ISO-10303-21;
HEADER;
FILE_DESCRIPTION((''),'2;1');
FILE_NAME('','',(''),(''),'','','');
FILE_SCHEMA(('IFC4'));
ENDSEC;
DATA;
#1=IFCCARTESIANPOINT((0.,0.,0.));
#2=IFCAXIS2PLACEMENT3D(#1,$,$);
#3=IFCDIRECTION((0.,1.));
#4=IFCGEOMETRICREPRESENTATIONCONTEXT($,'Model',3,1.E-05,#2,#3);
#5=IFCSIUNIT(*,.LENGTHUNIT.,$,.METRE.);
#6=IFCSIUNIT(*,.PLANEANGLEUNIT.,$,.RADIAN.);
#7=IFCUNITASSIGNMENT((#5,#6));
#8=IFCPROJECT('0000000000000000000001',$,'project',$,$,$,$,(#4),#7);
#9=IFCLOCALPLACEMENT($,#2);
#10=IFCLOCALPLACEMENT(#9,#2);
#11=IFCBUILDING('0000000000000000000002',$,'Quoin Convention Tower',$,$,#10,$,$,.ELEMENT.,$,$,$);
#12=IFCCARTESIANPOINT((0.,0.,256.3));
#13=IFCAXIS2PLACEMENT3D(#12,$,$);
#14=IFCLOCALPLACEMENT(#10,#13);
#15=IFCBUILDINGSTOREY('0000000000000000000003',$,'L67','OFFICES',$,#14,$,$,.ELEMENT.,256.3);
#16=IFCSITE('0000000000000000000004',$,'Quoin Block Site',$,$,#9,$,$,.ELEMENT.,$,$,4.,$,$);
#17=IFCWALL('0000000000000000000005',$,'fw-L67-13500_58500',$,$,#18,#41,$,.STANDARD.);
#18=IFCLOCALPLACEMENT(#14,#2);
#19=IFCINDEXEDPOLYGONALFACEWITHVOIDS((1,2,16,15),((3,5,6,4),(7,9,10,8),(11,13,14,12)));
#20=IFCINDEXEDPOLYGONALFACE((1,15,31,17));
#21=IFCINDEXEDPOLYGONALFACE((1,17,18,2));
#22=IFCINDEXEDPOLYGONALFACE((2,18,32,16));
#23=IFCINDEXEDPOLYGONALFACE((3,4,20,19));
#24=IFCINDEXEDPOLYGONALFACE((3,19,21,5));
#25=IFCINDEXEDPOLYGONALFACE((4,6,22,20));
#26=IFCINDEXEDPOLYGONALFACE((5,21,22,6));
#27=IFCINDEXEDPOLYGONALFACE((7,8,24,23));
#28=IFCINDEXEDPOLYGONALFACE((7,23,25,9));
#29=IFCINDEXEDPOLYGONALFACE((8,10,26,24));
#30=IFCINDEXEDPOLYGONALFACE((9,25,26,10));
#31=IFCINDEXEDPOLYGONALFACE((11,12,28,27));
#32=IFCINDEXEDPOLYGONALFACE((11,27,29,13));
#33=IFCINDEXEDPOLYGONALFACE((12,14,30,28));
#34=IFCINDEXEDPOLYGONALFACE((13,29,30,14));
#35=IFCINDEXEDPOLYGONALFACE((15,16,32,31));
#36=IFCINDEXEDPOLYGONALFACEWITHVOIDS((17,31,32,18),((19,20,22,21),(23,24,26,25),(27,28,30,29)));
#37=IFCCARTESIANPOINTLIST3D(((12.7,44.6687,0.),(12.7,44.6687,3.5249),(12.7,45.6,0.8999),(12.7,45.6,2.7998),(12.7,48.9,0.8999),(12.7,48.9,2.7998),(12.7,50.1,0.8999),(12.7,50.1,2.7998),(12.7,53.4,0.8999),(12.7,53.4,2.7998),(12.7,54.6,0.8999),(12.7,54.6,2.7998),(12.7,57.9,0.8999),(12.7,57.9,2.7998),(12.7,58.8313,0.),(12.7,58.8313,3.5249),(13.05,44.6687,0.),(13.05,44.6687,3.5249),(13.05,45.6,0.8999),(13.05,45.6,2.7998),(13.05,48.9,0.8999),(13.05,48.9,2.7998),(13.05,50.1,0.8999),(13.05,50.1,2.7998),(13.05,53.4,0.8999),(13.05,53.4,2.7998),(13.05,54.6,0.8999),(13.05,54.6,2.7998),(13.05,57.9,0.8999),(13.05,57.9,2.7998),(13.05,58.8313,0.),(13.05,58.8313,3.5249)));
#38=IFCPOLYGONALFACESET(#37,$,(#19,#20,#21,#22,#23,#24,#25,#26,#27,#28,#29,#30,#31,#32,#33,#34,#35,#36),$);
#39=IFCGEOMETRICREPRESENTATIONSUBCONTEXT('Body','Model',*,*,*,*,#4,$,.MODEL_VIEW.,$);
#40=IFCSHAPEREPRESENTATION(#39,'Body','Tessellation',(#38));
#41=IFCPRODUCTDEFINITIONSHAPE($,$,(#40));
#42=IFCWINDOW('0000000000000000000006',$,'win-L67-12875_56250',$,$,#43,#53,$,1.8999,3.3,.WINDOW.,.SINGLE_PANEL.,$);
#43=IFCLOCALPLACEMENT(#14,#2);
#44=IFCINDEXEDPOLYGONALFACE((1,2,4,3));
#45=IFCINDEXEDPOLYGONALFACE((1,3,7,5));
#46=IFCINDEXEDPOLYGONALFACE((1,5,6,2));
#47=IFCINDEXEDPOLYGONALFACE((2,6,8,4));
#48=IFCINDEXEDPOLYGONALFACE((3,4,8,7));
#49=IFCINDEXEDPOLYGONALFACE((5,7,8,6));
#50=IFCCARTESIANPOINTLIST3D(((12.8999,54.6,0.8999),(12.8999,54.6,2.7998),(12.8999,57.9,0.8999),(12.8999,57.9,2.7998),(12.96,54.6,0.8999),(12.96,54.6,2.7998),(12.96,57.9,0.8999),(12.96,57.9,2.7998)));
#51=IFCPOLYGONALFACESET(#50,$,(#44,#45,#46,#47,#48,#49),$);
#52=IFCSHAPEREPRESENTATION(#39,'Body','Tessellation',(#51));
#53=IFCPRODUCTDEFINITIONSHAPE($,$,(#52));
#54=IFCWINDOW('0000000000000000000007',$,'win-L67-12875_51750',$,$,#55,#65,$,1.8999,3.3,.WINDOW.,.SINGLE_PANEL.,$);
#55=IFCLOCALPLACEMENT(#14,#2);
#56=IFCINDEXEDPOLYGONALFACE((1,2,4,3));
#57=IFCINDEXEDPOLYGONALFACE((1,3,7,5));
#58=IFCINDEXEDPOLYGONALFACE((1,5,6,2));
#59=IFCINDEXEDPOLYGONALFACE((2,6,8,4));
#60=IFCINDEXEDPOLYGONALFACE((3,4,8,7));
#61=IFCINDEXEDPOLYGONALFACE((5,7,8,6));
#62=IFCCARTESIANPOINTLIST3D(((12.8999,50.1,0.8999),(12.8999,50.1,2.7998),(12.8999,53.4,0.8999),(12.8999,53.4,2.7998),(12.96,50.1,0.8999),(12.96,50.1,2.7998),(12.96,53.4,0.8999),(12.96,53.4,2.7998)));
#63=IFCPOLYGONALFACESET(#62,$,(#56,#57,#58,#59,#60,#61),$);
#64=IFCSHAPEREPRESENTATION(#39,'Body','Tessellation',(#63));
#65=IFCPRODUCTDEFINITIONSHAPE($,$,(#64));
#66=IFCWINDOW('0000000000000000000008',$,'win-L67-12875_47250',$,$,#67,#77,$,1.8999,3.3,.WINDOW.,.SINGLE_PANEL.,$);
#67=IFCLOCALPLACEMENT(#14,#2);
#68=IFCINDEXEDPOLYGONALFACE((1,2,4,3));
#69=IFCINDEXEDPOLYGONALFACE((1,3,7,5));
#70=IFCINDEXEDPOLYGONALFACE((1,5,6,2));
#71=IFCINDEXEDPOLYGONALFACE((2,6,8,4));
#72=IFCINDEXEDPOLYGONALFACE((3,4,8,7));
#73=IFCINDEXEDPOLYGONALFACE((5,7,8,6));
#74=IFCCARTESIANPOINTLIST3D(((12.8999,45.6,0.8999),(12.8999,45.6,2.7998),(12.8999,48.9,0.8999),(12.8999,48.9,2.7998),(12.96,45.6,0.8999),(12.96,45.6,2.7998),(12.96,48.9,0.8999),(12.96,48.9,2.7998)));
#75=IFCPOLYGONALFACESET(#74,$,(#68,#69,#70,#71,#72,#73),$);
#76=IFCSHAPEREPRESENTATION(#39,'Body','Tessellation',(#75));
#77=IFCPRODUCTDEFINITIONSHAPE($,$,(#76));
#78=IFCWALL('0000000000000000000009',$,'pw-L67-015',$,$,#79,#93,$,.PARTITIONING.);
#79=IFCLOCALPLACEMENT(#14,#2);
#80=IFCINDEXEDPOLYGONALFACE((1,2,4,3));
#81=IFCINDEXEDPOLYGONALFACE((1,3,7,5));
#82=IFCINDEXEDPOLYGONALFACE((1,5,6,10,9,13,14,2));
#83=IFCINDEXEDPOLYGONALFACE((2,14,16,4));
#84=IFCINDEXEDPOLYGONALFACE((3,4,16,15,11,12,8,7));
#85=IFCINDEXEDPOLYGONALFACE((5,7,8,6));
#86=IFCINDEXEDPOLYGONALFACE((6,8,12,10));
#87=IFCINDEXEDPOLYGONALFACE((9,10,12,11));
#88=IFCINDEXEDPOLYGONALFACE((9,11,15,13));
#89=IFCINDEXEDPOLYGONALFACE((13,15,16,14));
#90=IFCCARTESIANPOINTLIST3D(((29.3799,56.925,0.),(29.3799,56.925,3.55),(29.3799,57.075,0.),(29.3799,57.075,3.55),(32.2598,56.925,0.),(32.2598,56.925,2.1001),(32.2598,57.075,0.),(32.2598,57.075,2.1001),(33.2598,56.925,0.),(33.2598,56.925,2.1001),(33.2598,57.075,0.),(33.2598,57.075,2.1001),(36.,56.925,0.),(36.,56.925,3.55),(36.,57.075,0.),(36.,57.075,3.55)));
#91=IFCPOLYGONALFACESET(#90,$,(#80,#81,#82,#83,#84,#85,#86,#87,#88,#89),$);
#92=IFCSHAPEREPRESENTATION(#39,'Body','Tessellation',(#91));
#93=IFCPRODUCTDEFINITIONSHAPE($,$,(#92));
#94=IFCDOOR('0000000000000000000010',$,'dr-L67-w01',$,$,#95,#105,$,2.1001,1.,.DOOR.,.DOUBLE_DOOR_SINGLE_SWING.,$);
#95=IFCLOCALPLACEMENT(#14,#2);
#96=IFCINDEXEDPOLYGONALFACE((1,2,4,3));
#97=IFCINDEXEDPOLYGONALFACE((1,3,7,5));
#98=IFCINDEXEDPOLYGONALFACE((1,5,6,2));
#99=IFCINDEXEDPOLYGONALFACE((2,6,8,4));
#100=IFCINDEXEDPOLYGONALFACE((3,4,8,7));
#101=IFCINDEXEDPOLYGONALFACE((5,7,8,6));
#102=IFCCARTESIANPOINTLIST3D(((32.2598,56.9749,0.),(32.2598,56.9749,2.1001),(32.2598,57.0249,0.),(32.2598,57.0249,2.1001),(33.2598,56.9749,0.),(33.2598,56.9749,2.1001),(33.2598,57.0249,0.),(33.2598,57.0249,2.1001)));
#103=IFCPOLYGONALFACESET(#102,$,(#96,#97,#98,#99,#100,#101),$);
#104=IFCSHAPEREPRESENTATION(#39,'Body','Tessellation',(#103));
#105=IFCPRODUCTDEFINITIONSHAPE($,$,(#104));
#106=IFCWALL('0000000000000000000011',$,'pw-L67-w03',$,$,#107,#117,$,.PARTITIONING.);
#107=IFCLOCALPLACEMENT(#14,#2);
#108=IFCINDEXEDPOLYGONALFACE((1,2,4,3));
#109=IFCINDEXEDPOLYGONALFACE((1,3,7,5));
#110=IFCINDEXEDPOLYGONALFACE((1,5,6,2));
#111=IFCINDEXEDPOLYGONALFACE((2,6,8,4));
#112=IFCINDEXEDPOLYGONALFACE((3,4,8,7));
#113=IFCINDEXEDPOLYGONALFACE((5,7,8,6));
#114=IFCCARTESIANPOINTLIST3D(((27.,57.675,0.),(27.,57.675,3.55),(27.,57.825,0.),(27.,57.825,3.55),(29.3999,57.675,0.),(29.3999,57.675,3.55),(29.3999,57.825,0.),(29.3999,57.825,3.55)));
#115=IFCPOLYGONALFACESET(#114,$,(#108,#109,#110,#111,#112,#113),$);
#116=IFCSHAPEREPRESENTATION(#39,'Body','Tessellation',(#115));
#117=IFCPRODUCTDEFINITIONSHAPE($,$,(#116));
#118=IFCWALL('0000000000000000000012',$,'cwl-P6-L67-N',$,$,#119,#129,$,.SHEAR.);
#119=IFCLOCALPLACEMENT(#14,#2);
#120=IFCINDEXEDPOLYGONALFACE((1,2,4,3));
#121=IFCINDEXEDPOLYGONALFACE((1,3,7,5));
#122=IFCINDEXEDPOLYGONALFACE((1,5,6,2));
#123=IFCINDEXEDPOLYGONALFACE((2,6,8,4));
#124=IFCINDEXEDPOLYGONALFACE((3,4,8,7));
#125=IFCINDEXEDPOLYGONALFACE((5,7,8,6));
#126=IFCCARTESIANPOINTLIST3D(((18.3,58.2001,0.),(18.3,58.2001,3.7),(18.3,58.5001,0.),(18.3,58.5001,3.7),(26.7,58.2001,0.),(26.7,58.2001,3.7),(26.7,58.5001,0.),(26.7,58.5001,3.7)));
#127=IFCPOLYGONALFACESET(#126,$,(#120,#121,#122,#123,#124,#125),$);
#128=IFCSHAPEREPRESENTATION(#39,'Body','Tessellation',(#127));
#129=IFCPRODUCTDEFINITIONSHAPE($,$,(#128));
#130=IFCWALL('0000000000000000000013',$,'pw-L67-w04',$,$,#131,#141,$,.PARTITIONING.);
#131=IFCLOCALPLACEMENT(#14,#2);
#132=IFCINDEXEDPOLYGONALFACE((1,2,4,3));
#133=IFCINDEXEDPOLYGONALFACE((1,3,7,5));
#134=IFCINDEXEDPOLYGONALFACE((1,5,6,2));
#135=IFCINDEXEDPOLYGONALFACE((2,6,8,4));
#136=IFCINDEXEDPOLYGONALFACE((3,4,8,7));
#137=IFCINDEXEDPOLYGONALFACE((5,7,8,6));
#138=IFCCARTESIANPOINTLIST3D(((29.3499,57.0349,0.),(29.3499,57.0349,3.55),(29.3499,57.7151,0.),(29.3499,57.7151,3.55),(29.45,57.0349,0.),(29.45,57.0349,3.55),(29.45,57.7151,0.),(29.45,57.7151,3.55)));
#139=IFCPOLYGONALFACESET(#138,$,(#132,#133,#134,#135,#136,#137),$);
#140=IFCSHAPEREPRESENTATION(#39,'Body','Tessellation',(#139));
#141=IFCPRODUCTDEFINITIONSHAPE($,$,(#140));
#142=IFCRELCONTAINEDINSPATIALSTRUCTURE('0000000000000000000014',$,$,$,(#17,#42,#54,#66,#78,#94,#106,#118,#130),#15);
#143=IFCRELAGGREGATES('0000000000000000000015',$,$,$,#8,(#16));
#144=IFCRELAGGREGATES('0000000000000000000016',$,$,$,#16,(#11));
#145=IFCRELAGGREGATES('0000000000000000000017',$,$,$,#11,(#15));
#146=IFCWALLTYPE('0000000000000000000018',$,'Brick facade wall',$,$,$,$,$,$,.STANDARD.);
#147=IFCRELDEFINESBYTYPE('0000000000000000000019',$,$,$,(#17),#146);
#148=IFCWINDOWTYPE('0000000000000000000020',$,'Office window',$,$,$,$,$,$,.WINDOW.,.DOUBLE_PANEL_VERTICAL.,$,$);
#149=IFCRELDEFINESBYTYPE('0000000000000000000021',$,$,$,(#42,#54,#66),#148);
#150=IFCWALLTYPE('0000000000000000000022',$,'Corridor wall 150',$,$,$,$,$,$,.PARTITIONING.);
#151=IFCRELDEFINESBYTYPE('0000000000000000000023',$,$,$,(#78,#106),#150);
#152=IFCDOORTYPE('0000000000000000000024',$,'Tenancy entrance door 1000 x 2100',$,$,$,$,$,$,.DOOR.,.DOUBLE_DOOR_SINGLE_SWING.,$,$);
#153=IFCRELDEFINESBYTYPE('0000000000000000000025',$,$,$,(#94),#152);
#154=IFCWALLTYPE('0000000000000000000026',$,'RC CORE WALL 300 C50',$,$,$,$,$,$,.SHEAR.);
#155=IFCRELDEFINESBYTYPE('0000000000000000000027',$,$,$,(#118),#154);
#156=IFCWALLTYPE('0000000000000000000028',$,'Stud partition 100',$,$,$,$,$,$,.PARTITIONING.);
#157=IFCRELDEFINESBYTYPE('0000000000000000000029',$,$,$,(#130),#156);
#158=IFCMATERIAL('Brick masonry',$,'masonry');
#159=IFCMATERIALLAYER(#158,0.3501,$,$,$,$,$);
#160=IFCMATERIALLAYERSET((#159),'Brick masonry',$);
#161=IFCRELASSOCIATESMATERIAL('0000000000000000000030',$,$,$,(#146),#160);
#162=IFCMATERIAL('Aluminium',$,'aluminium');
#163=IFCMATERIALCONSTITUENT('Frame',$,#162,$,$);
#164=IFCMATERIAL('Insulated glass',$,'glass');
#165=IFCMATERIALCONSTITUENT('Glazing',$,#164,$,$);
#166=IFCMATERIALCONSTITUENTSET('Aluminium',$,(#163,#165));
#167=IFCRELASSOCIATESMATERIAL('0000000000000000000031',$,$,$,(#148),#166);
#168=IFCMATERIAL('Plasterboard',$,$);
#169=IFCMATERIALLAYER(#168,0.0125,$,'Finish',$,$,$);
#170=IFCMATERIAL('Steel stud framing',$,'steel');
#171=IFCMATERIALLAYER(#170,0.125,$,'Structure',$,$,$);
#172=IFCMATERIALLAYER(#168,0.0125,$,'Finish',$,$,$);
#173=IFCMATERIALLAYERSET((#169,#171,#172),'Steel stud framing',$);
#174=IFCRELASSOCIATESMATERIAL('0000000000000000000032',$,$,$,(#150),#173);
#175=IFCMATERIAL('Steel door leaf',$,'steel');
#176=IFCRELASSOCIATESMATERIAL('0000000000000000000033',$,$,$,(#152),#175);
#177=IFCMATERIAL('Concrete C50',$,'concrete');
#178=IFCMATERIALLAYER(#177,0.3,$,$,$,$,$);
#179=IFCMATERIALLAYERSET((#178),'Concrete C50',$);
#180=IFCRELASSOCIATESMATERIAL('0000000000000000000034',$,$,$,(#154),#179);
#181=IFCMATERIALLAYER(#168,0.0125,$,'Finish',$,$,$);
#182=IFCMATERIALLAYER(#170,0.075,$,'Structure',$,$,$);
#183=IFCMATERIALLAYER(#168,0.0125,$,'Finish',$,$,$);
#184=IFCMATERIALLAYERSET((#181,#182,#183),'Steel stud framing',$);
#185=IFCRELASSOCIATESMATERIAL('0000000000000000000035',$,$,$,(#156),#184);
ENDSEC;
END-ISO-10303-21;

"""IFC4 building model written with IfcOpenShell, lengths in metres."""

from ifc_helpers import new_model, si_unit, direction, frame, frame_2d, origin, place, context, subcontext, project, spatial, rectangle, extrude, material, layer, layer_set, constituent, constituent_set, type_object, element, fill, save


model = new_model("IFC4")

# Units and contexts
model_context = context("Model", 3, precision=1e-05, world=origin(), true_north=direction((0.0, 1.0)))
body_context = subcontext(model_context, "Body", "Model", "MODEL_VIEW")
ifc_project = project(units=[si_unit("LENGTHUNIT", "METRE"), si_unit("PLANEANGLEUNIT", "RADIAN")], contexts=[model_context])

# Site, building, storey
site_placement = place(None, origin())
site = spatial("IfcSite", under=ifc_project, at=site_placement, Name="Quoin Block Site", CompositionType="ELEMENT", RefElevation=4.0)
building_placement = place(site_placement, origin())
building = spatial("IfcBuilding", under=site, at=building_placement, Name="Quoin Convention Tower", CompositionType="ELEMENT")
storey_placement = place(building_placement, frame((0.0, 0.0, 256.3)))
storey = spatial("IfcBuildingStorey", under=building, at=storey_placement, Name="L67", Description="OFFICES", CompositionType="ELEMENT", Elevation=256.3)

# Shared definitions
ifc_material_1 = material(Name="Concrete C50", Category="concrete")

# Shared definitions
ifc_material_2 = material(Name="Brick masonry", Category="masonry")
ifc_layer_1 = layer(ifc_material_2, 0.3501)
ifc_layer_set_1 = layer_set([ifc_layer_1], Name="Brick masonry")
wall_type_1 = type_object("IfcWallType", Name="Brick facade wall", PredefinedType="STANDARD", material=ifc_layer_set_1)
ifc_material_3 = material(Name="Aluminium", Category="aluminium")
ifc_constituent_1 = constituent(ifc_material_3, Name="Frame")
ifc_material_4 = material(Name="Insulated glass", Category="glass")
ifc_constituent_2 = constituent(ifc_material_4, Name="Glazing")
ifc_constituent_set = constituent_set(constituents=[ifc_constituent_1, ifc_constituent_2], Name="Aluminium")
window_type = type_object("IfcWindowType", Name="Office window", PartitioningType="DOUBLE_PANEL_VERTICAL", PredefinedType="WINDOW", material=ifc_constituent_set)

# Wall, openings, windows
wall_1_placement = place(storey_placement, frame((12.875, 58.8313, 0.0), z_axis=(0.0, 0.0, 1.0), x_axis=(0.0, -1.0, 0.0)))
wall_1 = element("IfcWall", 1, at=wall_1_placement, inside=storey, type_object=wall_type_1, Name="fw-L67-13500_58500", PredefinedType="STANDARD", context=body_context, shape_type="SweptSolid", body=[
    extrude(rectangle(XDim=14.1626, YDim=0.3501, at=frame_2d((7.0813, 0.0))), origin(), (0.0, 0.0, 1.0), 3.5249),
])
opening_1_placement = place(wall_1_placement, frame((0.9314, 0.0, 0.8999)))
opening_1 = element("IfcOpeningElement", 2, at=opening_1_placement, cuts=wall_1, PredefinedType="OPENING", context=body_context, shape_type="SweptSolid", body=[
    extrude(rectangle(XDim=3.3, YDim=1.8999, at=frame_2d((1.6499, 0.95))), frame((0.0, 0.1851, 0.0), z_axis=(0.0, -1.0, 0.0), x_axis=(1.0, 0.0, 0.0)), (0.0, 0.0, 1.0), 0.3701),
])
opening_2_placement = place(wall_1_placement, frame((5.4314, 0.0, 0.8999)))
opening_2 = element("IfcOpeningElement", 3, at=opening_2_placement, cuts=wall_1, PredefinedType="OPENING", context=body_context, shape_type="SweptSolid", body=[
    extrude(rectangle(XDim=3.3, YDim=1.8999, at=frame_2d((1.6499, 0.95))), frame((0.0, 0.1851, 0.0), z_axis=(0.0, -1.0, 0.0), x_axis=(1.0, 0.0, 0.0)), (0.0, 0.0, 1.0), 0.3701),
])
opening_3_placement = place(wall_1_placement, frame((9.9314, 0.0, 0.8999)))
opening_3 = element("IfcOpeningElement", 4, at=opening_3_placement, cuts=wall_1, PredefinedType="OPENING", context=body_context, shape_type="SweptSolid", body=[
    extrude(rectangle(XDim=3.3, YDim=1.8999, at=frame_2d((1.6499, 0.95))), frame((0.0, 0.1851, 0.0), z_axis=(0.0, -1.0, 0.0), x_axis=(1.0, 0.0, 0.0)), (0.0, 0.0, 1.0), 0.3701),
])
window_1_placement = place(opening_1_placement, origin())
window_1 = element("IfcWindow", 5, at=window_1_placement, inside=storey, type_object=window_type, Name="win-L67-12875_56250", OverallHeight=1.8999, OverallWidth=3.3, PartitioningType="SINGLE_PANEL", PredefinedType="WINDOW", context=body_context, shape_type="SweptSolid", body=[
    extrude(rectangle(XDim=3.3, YDim=1.8999, at=frame_2d((1.6499, 0.95))), frame((0.0, 0.085, 0.0), z_axis=(0.0, -1.0, 0.0), x_axis=(1.0, 0.0, 0.0)), (0.0, 0.0, 1.0), 0.0601),
])
fill(opening_1, window_1)
window_2_placement = place(opening_2_placement, origin())
window_2 = element("IfcWindow", 6, at=window_2_placement, inside=storey, type_object=window_type, Name="win-L67-12875_51750", OverallHeight=1.8999, OverallWidth=3.3, PartitioningType="SINGLE_PANEL", PredefinedType="WINDOW", context=body_context, shape_type="SweptSolid", body=[
    extrude(rectangle(XDim=3.3, YDim=1.8999, at=frame_2d((1.6499, 0.95))), frame((0.0, 0.085, 0.0), z_axis=(0.0, -1.0, 0.0), x_axis=(1.0, 0.0, 0.0)), (0.0, 0.0, 1.0), 0.0601),
])
fill(opening_2, window_2)
window_3_placement = place(opening_3_placement, origin())
window_3 = element("IfcWindow", 7, at=window_3_placement, inside=storey, type_object=window_type, Name="win-L67-12875_47250", OverallHeight=1.8999, OverallWidth=3.3, PartitioningType="SINGLE_PANEL", PredefinedType="WINDOW", context=body_context, shape_type="SweptSolid", body=[
    extrude(rectangle(XDim=3.3, YDim=1.8999, at=frame_2d((1.6499, 0.95))), frame((0.0, 0.085, 0.0), z_axis=(0.0, -1.0, 0.0), x_axis=(1.0, 0.0, 0.0)), (0.0, 0.0, 1.0), 0.0601),
])
fill(opening_3, window_3)

# Wall, opening, door
ifc_material_5 = material(Name="Plasterboard")
ifc_layer_2 = layer(ifc_material_5, 0.0125, Name="Finish")
ifc_material_6 = material(Name="Steel stud framing", Category="steel")
ifc_layer_3 = layer(ifc_material_6, 0.125, Name="Structure")
ifc_layer_4 = layer(ifc_material_5, 0.0125, Name="Finish")
ifc_layer_set_2 = layer_set([ifc_layer_2, ifc_layer_3, ifc_layer_4], Name="Steel stud framing")
wall_type_2 = type_object("IfcWallType", Name="Corridor wall 150", PredefinedType="PARTITIONING", material=ifc_layer_set_2)
wall_2_placement = place(storey_placement, frame((29.3799, 57.0, 0.0), z_axis=(0.0, 0.0, 1.0), x_axis=(1.0, 0.0, 0.0)))
wall_2 = element("IfcWall", 8, at=wall_2_placement, inside=storey, type_object=wall_type_2, Name="pw-L67-015", PredefinedType="PARTITIONING", context=body_context, shape_type="SweptSolid", body=[
    extrude(rectangle(XDim=6.6201, YDim=0.1499, at=frame_2d((3.3101, 0.0))), origin(), (0.0, 0.0, 1.0), 3.55),
])
opening_4_placement = place(wall_2_placement, frame((2.8799, 0.0, 0.0)))
opening_4 = element("IfcOpeningElement", 9, at=opening_4_placement, cuts=wall_2, PredefinedType="OPENING", context=body_context, shape_type="SweptSolid", body=[
    extrude(rectangle(XDim=1.0, YDim=2.1001, at=frame_2d((0.5, 1.05))), frame((0.0, 0.085, 0.0), z_axis=(0.0, -1.0, 0.0), x_axis=(1.0, 0.0, 0.0)), (0.0, 0.0, 1.0), 0.1699),
])
ifc_material_7 = material(Name="Steel door leaf", Category="steel")
door_type_1 = type_object("IfcDoorType", Name="Tenancy entrance door 1000 x 2100", OperationType="DOUBLE_DOOR_SINGLE_SWING", PredefinedType="DOOR", material=ifc_material_7)
door_1_placement = place(opening_4_placement, origin())
door_1 = element("IfcDoor", 10, at=door_1_placement, inside=storey, type_object=door_type_1, Name="dr-L67-w01", OperationType="DOUBLE_DOOR_SINGLE_SWING", OverallHeight=2.1001, OverallWidth=1.0, PredefinedType="DOOR", context=body_context, shape_type="SweptSolid", body=[
    extrude(rectangle(XDim=1.0, YDim=2.1001, at=frame_2d((0.5, 1.05))), frame((0.0, 0.0249, 0.0), z_axis=(0.0, -1.0, 0.0), x_axis=(1.0, 0.0, 0.0)), (0.0, 0.0, 1.0), 0.05),
])
fill(opening_4, door_1)

# Walls
wall_3_placement = place(storey_placement, frame((27.0, 57.75, 0.0), z_axis=(0.0, 0.0, 1.0), x_axis=(1.0, 0.0, 0.0)))
element("IfcWall", 11, at=wall_3_placement, inside=storey, type_object=wall_type_2, Name="pw-L67-w03", PredefinedType="PARTITIONING", context=body_context, shape_type="SweptSolid", body=[
    extrude(rectangle(XDim=2.3999, YDim=0.1499, at=frame_2d((1.2, 0.0))), origin(), (0.0, 0.0, 1.0), 3.55),
])
ifc_layer_5 = layer(ifc_material_1, 0.3)
ifc_layer_set_3 = layer_set([ifc_layer_5], Name="Concrete C50")
wall_type_3 = type_object("IfcWallType", Name="RC CORE WALL 300 C50", PredefinedType="SHEAR", material=ifc_layer_set_3)
wall_4_placement = place(storey_placement, frame((18.3, 58.3501, 0.0), z_axis=(0.0, 0.0, 1.0), x_axis=(1.0, 0.0, 0.0)))
element("IfcWall", 12, at=wall_4_placement, inside=storey, type_object=wall_type_3, Name="cwl-P6-L67-N", PredefinedType="SHEAR", context=body_context, shape_type="SweptSolid", body=[
    extrude(rectangle(XDim=8.3999, YDim=0.3, at=frame_2d((4.2, 0.0))), origin(), (0.0, 0.0, 1.0), 3.7),
])
ifc_layer_6 = layer(ifc_material_5, 0.0125, Name="Finish")
ifc_layer_7 = layer(ifc_material_6, 0.075, Name="Structure")
ifc_layer_8 = layer(ifc_material_5, 0.0125, Name="Finish")
ifc_layer_set_4 = layer_set([ifc_layer_6, ifc_layer_7, ifc_layer_8], Name="Steel stud framing")
wall_type_4 = type_object("IfcWallType", Name="Stud partition 100", PredefinedType="PARTITIONING", material=ifc_layer_set_4)
wall_5_placement = place(storey_placement, frame((29.3999, 57.7151, 0.0), z_axis=(0.0, 0.0, 1.0), x_axis=(0.0, -1.0, 0.0)))
element("IfcWall", 13, at=wall_5_placement, inside=storey, type_object=wall_type_4, Name="pw-L67-w04", PredefinedType="PARTITIONING", context=body_context, shape_type="SweptSolid", body=[
    extrude(rectangle(XDim=0.6802, YDim=0.1001, at=frame_2d((0.3401, 0.0))), origin(), (0.0, 0.0, 1.0), 3.55),
])

save(model, "model.ifc")
